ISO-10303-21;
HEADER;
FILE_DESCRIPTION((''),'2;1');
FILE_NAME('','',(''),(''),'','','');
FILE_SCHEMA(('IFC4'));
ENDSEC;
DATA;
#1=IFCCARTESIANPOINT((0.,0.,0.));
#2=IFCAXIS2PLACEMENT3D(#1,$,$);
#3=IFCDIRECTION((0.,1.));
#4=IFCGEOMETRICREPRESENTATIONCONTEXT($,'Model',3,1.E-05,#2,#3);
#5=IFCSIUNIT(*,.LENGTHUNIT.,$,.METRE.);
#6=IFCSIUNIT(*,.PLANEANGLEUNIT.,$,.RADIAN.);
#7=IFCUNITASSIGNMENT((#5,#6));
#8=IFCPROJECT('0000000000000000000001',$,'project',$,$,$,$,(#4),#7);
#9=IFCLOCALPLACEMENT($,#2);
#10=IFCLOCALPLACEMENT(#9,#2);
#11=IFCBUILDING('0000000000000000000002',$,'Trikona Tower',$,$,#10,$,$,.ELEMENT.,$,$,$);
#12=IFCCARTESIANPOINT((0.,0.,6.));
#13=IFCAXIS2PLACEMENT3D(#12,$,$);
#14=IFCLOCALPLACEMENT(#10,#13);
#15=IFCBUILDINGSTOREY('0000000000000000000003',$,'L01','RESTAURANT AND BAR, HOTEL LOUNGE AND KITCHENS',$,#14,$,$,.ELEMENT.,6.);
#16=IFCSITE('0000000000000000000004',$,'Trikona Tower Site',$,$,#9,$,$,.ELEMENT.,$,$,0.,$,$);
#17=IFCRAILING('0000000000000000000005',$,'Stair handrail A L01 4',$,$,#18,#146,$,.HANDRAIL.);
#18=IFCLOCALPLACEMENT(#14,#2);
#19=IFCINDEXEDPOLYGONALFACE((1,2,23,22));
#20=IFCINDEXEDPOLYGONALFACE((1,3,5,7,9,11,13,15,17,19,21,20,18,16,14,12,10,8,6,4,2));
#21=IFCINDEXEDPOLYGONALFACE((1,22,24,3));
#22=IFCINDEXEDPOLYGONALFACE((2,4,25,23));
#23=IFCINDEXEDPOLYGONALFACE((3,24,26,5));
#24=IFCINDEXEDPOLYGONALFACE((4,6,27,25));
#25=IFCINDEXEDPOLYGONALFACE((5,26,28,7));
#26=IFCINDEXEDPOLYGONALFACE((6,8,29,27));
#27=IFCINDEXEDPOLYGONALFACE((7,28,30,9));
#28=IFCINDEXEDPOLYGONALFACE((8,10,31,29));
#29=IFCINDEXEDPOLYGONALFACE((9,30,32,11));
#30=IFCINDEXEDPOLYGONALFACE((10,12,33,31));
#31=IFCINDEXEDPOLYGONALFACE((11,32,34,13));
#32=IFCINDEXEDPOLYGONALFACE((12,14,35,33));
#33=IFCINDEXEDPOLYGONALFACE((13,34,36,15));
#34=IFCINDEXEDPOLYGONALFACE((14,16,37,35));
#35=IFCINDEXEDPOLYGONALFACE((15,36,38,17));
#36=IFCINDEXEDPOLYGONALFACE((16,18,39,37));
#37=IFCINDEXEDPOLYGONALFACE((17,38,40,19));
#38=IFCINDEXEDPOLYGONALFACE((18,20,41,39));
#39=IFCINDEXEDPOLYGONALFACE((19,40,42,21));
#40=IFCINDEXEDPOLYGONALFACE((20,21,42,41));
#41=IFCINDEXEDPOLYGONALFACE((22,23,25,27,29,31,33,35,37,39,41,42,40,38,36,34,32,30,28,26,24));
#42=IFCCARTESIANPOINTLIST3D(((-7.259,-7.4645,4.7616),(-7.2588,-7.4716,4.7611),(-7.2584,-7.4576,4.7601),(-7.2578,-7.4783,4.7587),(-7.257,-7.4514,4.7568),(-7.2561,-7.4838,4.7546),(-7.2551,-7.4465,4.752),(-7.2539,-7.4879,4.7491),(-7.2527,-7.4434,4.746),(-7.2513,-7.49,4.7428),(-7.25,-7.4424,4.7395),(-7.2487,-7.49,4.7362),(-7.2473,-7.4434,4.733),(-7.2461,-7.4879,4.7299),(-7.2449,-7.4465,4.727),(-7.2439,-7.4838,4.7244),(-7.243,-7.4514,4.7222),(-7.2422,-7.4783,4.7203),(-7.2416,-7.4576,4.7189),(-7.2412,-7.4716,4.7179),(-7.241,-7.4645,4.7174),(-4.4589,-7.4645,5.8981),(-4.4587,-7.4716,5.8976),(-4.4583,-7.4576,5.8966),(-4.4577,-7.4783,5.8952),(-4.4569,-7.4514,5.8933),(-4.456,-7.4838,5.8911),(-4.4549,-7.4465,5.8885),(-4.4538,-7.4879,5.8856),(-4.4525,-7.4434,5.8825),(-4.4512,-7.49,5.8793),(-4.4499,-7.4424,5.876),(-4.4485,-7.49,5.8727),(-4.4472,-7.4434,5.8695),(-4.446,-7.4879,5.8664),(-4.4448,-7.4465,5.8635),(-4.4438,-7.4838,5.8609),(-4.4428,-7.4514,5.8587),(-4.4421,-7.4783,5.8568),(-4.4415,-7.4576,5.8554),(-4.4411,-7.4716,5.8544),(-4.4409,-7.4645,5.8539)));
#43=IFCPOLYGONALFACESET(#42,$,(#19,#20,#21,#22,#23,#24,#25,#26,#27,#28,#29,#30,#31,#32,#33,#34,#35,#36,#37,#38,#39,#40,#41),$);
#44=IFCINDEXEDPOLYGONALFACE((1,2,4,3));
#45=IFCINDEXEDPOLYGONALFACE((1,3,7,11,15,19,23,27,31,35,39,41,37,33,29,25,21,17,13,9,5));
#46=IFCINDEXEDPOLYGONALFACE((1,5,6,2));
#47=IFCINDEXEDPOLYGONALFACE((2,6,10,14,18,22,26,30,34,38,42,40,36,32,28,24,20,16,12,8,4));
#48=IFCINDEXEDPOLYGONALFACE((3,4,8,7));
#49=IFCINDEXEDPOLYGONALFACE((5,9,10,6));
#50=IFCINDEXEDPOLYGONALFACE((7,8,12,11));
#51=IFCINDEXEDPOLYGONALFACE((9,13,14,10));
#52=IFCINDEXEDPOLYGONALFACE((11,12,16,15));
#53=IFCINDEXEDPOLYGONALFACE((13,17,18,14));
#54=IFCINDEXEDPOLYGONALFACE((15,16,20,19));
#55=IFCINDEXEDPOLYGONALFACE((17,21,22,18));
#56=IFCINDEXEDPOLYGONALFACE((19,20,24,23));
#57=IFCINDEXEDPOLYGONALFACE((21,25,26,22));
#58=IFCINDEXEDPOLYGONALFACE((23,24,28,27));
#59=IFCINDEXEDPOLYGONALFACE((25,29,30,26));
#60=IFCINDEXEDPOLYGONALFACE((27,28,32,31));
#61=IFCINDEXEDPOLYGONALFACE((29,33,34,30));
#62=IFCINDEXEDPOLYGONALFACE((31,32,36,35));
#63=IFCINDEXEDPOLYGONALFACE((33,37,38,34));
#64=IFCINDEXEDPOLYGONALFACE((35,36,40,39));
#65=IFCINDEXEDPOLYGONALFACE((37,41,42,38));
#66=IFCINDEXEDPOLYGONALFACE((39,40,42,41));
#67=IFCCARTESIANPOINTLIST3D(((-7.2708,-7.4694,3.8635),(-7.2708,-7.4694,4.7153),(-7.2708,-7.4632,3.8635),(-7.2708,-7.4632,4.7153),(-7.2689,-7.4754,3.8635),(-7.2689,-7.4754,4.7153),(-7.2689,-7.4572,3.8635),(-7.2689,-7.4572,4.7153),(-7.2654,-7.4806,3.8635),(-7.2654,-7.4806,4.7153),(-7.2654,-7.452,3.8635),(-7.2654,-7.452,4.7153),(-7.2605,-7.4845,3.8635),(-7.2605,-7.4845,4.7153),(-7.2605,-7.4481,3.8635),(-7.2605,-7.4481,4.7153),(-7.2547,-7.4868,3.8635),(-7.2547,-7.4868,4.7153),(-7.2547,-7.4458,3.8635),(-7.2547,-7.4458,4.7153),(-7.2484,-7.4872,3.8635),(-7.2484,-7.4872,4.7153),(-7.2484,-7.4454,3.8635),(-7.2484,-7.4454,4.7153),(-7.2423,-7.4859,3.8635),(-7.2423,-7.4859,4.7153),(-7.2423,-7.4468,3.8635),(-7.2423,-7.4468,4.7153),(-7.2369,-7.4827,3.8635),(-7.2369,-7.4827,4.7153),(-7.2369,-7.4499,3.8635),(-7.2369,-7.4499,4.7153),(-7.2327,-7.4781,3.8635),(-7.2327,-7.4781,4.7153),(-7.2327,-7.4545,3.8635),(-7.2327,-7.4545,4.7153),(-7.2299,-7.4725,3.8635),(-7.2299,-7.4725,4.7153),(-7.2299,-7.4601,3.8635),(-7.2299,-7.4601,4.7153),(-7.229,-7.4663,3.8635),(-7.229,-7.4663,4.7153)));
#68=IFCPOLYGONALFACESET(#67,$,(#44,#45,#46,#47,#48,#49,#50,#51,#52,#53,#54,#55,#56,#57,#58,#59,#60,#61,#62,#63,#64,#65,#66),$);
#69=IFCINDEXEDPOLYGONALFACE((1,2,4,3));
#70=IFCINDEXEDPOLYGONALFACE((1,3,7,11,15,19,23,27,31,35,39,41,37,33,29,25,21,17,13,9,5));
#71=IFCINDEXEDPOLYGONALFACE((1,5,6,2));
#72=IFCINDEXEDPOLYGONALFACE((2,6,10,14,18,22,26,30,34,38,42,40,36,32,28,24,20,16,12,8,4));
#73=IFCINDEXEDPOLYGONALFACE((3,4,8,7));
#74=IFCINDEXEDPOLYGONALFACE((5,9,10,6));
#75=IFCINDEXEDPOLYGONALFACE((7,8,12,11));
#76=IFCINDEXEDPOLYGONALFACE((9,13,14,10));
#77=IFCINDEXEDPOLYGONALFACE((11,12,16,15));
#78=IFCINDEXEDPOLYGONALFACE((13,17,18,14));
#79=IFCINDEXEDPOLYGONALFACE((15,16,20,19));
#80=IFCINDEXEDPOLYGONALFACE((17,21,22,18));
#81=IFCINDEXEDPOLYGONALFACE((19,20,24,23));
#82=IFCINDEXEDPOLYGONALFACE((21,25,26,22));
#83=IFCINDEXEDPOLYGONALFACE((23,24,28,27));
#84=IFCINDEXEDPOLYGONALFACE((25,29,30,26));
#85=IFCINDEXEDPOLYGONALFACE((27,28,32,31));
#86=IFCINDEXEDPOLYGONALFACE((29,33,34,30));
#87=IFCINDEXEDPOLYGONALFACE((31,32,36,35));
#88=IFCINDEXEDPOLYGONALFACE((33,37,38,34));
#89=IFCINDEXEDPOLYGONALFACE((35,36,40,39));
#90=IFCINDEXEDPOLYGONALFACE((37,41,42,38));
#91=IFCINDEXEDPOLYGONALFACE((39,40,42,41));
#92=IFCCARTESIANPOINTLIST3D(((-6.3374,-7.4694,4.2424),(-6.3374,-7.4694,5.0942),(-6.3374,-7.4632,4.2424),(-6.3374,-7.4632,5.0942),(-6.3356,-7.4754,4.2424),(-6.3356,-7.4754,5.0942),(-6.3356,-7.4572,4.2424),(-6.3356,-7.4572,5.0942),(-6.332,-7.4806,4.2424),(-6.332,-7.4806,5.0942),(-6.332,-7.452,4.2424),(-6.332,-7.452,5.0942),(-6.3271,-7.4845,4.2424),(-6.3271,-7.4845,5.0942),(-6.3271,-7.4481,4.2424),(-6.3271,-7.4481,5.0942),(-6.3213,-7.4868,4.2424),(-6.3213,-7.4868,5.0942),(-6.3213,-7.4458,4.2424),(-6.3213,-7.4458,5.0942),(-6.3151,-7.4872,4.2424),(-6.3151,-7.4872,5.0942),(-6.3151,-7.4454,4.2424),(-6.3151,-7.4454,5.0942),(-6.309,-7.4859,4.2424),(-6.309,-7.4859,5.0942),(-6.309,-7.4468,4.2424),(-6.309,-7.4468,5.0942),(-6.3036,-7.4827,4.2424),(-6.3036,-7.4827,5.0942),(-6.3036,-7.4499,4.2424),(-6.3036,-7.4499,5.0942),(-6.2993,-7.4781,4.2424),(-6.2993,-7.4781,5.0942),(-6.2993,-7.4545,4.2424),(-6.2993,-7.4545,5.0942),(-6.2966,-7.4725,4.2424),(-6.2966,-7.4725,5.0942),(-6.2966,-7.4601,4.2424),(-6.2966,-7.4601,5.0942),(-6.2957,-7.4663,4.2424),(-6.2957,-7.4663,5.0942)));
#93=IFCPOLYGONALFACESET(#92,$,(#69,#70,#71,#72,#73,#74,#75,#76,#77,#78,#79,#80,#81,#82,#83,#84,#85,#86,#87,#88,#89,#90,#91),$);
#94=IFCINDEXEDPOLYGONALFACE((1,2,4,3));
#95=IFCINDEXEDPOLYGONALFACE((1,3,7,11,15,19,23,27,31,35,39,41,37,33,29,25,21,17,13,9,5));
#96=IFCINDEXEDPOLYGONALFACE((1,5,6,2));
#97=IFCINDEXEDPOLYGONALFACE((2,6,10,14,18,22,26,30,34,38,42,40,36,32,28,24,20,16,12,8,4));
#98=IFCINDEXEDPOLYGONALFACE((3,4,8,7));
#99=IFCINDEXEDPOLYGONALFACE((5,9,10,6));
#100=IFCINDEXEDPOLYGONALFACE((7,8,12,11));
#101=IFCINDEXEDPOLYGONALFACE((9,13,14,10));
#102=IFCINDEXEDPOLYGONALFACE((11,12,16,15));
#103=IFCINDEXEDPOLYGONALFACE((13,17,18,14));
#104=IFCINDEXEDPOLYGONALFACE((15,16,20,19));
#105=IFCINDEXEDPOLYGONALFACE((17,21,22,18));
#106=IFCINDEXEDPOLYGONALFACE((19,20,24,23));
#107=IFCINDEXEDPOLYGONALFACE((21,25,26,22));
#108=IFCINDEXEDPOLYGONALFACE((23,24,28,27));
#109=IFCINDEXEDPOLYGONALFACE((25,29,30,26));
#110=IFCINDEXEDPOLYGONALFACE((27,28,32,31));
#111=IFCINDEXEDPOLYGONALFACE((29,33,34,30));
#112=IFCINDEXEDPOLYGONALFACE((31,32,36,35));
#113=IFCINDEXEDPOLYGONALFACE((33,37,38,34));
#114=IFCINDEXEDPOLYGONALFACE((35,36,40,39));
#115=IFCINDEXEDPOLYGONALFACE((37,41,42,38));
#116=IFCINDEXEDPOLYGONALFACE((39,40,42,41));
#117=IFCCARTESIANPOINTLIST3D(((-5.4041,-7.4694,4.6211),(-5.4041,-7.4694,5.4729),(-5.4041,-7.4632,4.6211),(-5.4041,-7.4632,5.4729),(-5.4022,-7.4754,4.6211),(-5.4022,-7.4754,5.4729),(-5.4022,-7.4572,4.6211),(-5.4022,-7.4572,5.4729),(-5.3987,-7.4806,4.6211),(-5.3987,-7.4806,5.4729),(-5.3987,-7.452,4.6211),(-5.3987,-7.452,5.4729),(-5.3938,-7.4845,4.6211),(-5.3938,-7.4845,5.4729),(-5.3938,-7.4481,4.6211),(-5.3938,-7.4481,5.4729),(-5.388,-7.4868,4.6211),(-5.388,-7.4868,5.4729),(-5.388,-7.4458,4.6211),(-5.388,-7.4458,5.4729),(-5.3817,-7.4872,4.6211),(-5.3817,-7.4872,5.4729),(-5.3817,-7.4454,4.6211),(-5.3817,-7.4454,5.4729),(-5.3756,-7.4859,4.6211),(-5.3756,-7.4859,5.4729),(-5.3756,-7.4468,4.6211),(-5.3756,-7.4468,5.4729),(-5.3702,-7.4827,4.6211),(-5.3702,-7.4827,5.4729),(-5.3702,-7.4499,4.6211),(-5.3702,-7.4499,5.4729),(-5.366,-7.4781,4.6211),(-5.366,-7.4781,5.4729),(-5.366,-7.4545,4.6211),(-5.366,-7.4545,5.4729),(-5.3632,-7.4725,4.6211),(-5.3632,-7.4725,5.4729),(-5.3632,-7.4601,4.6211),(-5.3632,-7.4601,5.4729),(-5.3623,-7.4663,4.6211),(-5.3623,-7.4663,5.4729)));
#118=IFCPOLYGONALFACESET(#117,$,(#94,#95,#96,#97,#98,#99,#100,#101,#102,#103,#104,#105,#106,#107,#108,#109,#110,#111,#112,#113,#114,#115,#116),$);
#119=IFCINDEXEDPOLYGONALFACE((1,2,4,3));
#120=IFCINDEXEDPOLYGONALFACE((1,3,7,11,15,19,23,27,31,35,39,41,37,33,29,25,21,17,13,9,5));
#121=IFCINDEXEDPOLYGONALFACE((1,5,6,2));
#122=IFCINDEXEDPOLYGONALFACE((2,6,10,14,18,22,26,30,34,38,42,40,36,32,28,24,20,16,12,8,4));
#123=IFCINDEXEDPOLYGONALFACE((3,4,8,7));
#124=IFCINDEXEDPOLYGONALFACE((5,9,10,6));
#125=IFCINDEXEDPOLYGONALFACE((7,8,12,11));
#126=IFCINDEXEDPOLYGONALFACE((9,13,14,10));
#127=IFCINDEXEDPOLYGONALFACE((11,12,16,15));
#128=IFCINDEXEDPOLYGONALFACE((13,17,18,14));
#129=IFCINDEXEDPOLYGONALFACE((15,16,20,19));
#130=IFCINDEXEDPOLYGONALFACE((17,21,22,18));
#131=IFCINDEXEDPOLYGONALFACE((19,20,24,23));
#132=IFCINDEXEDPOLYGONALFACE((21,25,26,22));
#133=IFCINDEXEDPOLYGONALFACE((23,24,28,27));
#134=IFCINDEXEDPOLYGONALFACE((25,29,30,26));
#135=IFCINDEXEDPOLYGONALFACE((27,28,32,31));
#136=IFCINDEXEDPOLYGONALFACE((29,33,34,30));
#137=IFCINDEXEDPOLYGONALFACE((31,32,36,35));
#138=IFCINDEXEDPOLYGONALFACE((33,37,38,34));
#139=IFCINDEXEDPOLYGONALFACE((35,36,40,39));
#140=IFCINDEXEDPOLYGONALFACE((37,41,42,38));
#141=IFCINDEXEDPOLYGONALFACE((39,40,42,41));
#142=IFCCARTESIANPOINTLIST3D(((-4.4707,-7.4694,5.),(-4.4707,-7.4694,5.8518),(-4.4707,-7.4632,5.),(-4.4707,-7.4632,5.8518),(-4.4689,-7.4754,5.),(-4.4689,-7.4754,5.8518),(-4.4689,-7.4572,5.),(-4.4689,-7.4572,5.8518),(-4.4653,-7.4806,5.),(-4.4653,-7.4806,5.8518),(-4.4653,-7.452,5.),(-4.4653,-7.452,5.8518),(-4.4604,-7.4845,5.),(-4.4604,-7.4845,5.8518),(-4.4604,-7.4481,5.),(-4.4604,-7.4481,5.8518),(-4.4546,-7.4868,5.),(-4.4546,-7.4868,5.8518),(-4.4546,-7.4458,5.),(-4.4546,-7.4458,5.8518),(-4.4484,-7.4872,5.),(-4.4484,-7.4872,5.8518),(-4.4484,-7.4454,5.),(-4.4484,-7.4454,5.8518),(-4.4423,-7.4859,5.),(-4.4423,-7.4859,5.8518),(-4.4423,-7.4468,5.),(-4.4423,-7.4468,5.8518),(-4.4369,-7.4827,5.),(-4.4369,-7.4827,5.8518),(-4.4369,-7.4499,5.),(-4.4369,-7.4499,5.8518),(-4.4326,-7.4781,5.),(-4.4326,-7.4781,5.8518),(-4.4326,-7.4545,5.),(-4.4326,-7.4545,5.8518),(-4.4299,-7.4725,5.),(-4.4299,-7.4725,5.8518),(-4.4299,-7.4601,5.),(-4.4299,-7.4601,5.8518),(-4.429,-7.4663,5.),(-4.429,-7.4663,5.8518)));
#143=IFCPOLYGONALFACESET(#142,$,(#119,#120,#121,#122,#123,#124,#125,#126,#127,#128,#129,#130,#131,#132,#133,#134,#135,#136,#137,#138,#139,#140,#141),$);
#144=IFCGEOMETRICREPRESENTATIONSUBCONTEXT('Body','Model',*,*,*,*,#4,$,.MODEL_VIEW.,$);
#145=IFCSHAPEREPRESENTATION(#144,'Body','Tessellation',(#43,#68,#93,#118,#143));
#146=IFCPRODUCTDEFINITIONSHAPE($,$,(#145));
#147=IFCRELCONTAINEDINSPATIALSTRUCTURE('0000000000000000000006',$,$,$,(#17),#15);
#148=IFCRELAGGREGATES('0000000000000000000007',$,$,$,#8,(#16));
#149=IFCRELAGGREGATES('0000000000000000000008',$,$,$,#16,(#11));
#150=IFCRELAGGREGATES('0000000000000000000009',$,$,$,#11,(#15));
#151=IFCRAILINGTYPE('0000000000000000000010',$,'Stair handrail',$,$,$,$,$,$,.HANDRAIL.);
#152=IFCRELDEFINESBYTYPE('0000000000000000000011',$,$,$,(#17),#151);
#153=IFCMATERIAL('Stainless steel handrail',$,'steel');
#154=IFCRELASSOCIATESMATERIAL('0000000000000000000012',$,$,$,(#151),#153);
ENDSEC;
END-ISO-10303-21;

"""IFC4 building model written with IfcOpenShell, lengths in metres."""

from ifc_helpers import new_model, si_unit, direction, frame, origin, origin_2d, place, context, subcontext, project, spatial, circle, extrude, material, type_object, element, save


model = new_model("IFC4")

# Units and contexts
model_context = context("Model", 3, precision=1e-05, world=origin(), true_north=direction((0.0, 1.0)))
body_context = subcontext(model_context, "Body", "Model", "MODEL_VIEW")
ifc_project = project(units=[si_unit("LENGTHUNIT", "METRE"), si_unit("PLANEANGLEUNIT", "RADIAN")], contexts=[model_context])

# Site, building, storey
site_placement = place(None, origin())
site = spatial("IfcSite", under=ifc_project, at=site_placement, Name="Trikona Tower Site", CompositionType="ELEMENT", RefElevation=0.0)
building_placement = place(site_placement, origin())
building = spatial("IfcBuilding", under=site, at=building_placement, Name="Trikona Tower", CompositionType="ELEMENT")
storey_placement = place(building_placement, frame((0.0, 0.0, 6.0)))
storey = spatial("IfcBuildingStorey", under=building, at=storey_placement, Name="L01", Description="RESTAURANT AND BAR, HOTEL LOUNGE AND KITCHENS", CompositionType="ELEMENT", Elevation=6.0)

# Railing
ifc_material_1 = material(Name="Stainless steel handrail", Category="steel")
railing_type = type_object("IfcRailingType", Name="Stair handrail", PredefinedType="HANDRAIL", material=ifc_material_1)
railing_1_placement = place(storey_placement, frame((-7.25, -7.4663, 3.8635)))
element("IfcRailing", 1, at=railing_1_placement, inside=storey, type_object=railing_type, Name="Stair handrail A L01 4", PredefinedType="HANDRAIL", context=body_context, shape_type="SweptSolid", body=[
    extrude(circle(Radius=0.0239, at=origin_2d()), frame((0.0, 0.0, 0.876), z_axis=(0.926587, 0.0, 0.37608), x_axis=(0.0, 1.0, 0.0)), (0.0, 0.0, 1.0), 3.022),
    extrude(circle(Radius=0.021, at=origin_2d()), origin(), (0.0, 0.0, 1.0), 0.8518),
    extrude(circle(Radius=0.021, at=origin_2d()), frame((0.9333, 0.0, 0.3789)), (0.0, 0.0, 1.0), 0.8518),
    extrude(circle(Radius=0.021, at=origin_2d()), frame((1.8667, 0.0, 0.7576)), (0.0, 0.0, 1.0), 0.8518),
    extrude(circle(Radius=0.021, at=origin_2d()), frame((2.8, 0.0, 1.1365)), (0.0, 0.0, 1.0), 0.8518),
])

save(model, "model.ifc")
